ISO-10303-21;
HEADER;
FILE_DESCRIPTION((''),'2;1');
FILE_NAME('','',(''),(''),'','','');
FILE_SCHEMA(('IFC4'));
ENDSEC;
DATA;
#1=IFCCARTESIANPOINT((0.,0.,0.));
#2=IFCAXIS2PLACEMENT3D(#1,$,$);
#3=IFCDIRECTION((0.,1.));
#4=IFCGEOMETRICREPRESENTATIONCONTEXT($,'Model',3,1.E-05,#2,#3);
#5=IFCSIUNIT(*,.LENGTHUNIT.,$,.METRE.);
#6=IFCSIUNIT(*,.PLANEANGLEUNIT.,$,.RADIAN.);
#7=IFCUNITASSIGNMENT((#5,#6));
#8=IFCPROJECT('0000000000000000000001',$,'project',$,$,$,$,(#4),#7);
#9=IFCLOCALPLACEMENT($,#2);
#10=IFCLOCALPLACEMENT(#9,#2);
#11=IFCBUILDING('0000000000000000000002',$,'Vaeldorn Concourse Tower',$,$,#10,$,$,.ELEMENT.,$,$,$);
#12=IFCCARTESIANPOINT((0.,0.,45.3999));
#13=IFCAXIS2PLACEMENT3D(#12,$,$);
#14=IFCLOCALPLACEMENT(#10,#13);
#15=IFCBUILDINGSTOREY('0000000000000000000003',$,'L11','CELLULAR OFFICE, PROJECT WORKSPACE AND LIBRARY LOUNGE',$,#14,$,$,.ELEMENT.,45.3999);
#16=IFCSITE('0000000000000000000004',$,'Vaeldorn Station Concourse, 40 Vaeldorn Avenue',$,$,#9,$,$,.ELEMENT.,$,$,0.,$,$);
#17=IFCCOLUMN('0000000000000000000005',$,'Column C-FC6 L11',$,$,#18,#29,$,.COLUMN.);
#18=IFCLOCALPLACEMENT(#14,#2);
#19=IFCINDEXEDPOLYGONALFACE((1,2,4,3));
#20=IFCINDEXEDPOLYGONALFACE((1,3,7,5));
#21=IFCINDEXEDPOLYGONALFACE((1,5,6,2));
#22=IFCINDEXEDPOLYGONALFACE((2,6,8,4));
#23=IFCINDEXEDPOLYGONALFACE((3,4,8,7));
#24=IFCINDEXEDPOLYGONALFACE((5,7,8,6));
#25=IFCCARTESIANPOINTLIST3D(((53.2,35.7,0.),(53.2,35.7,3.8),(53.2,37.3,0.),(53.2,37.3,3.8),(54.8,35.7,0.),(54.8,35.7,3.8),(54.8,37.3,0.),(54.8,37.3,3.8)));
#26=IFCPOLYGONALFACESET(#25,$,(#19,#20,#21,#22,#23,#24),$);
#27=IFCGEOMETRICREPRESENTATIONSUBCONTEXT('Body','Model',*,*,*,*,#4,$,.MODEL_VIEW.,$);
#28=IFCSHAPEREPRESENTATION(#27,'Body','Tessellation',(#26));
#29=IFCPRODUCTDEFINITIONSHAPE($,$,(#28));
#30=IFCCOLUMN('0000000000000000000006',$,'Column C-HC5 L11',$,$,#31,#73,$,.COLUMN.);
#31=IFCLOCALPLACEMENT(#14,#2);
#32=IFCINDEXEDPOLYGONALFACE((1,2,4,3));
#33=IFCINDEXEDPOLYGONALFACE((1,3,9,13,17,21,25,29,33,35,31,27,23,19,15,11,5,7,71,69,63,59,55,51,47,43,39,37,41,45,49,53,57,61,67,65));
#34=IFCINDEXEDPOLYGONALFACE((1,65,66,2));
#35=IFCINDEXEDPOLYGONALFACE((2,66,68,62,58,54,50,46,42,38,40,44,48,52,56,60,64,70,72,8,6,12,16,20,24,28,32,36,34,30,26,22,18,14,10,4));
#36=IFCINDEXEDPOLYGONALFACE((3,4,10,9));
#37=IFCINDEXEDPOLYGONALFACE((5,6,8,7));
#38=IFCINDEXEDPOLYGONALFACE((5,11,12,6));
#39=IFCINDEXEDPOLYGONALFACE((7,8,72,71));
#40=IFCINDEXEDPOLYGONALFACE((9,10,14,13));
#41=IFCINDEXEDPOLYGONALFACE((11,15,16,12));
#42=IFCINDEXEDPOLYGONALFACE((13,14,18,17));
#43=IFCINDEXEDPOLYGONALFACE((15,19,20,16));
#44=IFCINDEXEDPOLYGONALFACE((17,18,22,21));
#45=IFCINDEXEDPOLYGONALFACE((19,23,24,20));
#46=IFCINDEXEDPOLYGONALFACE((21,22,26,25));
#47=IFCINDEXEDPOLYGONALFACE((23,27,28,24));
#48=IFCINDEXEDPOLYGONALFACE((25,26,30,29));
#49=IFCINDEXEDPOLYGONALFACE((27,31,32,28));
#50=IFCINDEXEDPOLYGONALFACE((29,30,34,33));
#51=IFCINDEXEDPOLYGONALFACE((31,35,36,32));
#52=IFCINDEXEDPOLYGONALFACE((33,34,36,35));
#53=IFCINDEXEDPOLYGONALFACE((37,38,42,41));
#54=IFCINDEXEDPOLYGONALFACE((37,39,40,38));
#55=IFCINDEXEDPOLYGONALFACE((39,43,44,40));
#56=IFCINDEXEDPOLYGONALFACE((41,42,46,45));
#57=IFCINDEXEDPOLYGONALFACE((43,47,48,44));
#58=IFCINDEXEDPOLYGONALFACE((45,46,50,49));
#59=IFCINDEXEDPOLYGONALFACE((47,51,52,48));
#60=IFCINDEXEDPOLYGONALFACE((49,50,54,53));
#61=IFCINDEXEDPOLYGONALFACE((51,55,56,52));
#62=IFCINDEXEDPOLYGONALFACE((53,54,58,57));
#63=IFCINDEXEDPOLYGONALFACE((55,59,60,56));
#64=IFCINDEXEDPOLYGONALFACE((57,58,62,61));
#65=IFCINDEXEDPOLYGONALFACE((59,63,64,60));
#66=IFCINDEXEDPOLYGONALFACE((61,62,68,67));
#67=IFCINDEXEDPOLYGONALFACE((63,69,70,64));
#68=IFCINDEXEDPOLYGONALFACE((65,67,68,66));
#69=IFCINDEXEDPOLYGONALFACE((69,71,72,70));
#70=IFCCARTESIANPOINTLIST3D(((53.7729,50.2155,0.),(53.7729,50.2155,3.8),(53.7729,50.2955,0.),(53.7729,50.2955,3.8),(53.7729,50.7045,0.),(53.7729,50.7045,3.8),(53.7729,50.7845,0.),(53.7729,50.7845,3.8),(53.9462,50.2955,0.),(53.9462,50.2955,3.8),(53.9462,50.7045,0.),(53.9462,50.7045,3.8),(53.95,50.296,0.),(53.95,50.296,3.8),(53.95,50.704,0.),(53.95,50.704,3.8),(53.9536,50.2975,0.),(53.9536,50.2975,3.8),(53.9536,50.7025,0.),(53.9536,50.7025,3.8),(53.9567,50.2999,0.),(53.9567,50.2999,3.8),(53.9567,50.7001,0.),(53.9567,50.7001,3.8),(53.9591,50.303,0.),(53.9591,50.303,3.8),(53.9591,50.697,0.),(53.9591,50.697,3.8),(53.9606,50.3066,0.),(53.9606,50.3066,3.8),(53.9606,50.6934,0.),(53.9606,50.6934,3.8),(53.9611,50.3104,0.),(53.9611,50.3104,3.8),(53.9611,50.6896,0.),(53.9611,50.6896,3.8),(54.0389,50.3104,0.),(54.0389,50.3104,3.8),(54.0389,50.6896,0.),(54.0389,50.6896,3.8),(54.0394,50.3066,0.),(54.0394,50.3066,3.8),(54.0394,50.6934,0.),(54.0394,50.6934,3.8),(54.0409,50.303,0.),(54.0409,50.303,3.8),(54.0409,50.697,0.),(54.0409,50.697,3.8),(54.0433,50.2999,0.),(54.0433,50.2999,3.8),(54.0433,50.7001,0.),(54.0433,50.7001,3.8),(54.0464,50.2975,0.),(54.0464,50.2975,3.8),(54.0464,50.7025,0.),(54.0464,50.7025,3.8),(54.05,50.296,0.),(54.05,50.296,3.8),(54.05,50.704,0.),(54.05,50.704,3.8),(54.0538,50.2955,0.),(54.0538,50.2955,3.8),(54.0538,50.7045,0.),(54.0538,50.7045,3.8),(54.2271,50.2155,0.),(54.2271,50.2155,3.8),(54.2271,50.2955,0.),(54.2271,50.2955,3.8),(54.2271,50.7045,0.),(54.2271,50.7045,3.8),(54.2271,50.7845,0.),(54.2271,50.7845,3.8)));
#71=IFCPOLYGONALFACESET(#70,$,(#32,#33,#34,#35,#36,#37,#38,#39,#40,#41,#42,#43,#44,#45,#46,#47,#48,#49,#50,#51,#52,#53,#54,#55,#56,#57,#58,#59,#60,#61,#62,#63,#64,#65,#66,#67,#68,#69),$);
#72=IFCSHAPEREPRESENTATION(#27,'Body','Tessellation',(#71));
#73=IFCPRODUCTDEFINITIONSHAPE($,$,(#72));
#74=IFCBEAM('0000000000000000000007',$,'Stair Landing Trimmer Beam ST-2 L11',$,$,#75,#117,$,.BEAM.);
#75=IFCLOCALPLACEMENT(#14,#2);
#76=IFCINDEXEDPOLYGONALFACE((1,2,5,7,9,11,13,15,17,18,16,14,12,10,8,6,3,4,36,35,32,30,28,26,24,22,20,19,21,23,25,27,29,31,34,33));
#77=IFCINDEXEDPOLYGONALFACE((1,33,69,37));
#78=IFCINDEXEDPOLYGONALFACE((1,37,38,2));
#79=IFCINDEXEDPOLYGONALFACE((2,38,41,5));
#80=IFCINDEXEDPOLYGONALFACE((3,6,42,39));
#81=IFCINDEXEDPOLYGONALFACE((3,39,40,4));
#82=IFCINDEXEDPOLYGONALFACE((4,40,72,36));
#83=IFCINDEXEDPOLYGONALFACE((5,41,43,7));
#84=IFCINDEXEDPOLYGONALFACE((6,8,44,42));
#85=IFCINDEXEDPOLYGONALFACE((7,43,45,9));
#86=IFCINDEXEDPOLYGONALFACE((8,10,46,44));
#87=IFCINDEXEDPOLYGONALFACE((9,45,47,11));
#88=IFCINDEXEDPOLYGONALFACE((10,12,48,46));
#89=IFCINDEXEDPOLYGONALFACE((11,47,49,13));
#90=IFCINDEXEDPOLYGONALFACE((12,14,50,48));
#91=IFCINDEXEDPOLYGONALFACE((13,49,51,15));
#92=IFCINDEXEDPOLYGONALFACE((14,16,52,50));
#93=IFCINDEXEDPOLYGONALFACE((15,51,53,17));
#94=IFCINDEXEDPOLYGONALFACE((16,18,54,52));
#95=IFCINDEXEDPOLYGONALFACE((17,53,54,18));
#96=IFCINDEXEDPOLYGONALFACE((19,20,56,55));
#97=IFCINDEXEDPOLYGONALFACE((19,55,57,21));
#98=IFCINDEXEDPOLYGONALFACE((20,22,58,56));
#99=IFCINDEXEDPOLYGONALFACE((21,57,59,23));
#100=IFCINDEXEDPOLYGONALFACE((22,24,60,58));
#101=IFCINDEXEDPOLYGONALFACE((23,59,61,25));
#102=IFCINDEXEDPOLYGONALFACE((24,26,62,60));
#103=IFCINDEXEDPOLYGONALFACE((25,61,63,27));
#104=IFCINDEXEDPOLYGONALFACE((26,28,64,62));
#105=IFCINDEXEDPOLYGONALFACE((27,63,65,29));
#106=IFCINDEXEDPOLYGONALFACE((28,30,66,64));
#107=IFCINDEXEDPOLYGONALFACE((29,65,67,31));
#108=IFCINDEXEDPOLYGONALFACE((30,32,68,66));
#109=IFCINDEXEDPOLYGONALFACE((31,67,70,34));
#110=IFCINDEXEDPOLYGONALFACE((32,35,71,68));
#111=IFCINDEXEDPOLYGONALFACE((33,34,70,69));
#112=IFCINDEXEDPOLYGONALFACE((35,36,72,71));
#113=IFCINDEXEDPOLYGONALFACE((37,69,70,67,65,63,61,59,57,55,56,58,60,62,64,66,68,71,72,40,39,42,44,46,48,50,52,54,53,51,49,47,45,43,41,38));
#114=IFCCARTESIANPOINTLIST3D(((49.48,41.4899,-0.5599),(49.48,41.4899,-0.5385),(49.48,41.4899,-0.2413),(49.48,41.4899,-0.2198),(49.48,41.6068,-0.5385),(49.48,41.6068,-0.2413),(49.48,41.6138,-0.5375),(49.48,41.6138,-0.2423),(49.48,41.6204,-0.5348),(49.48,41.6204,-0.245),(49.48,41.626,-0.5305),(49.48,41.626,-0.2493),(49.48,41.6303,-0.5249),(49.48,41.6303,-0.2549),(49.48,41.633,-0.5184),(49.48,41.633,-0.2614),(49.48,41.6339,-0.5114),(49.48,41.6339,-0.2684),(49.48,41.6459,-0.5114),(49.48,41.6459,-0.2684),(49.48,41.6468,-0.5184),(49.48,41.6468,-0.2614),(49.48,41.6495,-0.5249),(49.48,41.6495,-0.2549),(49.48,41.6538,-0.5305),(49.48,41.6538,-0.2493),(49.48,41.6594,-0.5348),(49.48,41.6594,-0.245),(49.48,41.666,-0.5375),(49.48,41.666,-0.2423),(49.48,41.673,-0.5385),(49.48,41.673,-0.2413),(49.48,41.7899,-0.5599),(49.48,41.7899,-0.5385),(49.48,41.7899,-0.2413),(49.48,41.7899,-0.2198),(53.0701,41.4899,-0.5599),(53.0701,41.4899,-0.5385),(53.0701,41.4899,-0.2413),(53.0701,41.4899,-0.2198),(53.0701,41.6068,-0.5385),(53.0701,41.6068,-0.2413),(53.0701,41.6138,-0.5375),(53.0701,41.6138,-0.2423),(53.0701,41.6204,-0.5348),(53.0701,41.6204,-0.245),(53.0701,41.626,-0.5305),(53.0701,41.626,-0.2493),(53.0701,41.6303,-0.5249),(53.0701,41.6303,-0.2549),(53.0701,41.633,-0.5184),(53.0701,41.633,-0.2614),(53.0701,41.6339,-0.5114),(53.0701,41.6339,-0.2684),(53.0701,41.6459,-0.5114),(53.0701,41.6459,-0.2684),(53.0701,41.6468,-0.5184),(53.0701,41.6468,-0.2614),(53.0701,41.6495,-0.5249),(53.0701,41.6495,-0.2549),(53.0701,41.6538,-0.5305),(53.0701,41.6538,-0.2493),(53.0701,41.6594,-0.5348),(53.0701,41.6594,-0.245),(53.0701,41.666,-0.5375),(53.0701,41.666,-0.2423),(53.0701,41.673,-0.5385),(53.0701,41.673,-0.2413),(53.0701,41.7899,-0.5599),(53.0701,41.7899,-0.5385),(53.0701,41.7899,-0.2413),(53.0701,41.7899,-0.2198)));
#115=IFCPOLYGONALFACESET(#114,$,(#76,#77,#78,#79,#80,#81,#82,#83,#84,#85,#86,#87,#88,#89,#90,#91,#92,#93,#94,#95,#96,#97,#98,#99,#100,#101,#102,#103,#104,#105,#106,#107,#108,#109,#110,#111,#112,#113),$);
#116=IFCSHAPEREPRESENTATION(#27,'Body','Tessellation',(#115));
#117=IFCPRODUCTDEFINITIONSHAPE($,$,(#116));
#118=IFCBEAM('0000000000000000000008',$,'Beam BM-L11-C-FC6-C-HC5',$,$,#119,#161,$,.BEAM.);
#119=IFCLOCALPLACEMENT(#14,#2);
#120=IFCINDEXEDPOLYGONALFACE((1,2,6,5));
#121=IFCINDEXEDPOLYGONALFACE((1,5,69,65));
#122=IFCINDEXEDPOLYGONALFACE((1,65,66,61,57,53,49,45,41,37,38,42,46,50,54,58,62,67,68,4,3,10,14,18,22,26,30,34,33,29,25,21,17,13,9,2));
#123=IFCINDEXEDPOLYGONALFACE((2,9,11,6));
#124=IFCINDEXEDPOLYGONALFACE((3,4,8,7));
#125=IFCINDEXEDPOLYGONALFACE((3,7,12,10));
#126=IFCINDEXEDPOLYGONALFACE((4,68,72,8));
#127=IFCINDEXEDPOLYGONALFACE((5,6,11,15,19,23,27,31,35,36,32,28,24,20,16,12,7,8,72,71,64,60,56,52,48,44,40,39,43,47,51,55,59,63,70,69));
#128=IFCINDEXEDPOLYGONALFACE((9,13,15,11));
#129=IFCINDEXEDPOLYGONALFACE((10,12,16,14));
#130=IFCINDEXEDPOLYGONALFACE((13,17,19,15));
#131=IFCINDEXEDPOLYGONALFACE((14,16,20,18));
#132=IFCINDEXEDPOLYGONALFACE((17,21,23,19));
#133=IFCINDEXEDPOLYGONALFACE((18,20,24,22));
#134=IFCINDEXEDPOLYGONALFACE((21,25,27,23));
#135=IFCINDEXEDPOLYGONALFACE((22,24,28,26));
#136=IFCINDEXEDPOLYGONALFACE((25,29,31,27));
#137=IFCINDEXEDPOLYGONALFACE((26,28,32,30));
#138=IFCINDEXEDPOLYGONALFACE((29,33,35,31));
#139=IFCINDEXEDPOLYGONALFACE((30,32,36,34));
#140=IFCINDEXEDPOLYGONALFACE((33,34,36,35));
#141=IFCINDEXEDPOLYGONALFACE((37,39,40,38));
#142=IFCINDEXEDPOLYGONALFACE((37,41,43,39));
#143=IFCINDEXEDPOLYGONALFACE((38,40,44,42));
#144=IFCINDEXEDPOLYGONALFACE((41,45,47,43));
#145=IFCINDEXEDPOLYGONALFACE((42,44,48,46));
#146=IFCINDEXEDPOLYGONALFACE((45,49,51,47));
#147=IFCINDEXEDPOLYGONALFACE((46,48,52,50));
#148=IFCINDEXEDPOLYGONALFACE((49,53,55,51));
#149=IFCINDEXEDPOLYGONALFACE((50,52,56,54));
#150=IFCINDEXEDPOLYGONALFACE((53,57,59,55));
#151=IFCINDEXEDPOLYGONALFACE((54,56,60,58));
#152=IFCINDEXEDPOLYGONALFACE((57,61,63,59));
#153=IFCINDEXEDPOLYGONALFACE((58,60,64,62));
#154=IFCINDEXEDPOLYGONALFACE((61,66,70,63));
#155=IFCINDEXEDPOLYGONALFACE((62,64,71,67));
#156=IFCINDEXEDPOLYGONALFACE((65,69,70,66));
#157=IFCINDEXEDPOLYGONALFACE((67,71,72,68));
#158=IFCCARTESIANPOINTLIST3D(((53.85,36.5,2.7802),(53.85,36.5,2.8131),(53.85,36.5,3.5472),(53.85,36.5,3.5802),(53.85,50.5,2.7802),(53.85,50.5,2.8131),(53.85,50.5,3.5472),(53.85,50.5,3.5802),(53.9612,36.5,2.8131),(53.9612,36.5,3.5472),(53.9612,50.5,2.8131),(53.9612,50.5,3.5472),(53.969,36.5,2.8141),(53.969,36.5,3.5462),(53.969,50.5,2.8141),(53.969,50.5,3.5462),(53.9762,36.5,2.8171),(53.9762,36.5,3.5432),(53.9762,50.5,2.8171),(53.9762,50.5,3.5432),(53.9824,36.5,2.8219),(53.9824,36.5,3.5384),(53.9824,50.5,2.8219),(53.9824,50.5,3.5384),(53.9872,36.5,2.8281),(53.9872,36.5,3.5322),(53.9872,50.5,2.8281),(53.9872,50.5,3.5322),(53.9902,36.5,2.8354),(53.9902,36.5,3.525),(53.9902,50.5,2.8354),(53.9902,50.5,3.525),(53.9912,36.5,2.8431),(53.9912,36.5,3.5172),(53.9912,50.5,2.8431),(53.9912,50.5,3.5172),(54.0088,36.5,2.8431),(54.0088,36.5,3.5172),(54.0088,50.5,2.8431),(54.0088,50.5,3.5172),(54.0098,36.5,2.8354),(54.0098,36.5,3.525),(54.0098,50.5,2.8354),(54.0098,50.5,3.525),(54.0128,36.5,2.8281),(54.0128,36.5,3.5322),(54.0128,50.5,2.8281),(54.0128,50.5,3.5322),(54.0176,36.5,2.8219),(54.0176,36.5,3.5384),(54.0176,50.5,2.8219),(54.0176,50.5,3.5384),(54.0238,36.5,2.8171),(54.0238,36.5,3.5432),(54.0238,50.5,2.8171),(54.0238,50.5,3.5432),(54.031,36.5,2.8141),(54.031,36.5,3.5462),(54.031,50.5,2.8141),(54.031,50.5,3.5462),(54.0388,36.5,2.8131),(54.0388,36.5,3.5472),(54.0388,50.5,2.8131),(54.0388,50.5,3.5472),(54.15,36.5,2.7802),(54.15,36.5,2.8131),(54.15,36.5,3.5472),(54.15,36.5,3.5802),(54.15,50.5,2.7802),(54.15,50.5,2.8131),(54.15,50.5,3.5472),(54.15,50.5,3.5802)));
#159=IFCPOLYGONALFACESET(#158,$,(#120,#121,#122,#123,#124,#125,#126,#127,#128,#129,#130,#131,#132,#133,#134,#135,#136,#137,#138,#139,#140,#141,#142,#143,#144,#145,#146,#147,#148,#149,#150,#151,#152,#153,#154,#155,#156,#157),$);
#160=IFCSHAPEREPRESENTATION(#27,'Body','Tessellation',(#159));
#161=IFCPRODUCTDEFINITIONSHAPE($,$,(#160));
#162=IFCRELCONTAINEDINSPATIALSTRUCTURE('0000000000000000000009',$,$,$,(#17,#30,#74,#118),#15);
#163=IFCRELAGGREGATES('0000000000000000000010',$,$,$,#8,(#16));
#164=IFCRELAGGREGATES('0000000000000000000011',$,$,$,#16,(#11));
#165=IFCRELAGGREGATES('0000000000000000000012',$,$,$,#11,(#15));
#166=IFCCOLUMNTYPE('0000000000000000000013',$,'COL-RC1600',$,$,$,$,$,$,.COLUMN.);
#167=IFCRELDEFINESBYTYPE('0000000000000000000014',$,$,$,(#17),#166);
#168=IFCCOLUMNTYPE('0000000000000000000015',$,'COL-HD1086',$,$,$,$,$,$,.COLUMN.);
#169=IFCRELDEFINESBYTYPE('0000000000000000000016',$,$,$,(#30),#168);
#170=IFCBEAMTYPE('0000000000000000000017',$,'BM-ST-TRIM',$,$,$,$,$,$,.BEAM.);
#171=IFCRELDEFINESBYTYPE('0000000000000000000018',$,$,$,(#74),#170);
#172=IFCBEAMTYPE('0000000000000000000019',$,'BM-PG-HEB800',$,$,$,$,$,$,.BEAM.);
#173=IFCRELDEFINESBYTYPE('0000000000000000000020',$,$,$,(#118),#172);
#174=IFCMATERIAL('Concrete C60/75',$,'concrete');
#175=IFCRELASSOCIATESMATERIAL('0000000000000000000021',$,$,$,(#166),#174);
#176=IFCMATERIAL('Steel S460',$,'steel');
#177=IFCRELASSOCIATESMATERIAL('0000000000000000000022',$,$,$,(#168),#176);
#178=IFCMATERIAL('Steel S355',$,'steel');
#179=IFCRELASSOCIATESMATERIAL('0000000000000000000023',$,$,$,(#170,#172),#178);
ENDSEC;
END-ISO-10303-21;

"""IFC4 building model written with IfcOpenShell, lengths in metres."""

from ifc_helpers import new_model, si_unit, direction, frame, origin, origin_2d, place, context, subcontext, project, spatial, rectangle, i_section, extrude, source, transform, mapped, material, material_profile, profile_set, type_object, element, save


model = new_model("IFC4")

# Units and contexts
model_context = context("Model", 3, precision=1e-05, world=origin(), true_north=direction((0.0, 1.0)))
body_context = subcontext(model_context, "Body", "Model", "MODEL_VIEW")
ifc_project = project(units=[si_unit("LENGTHUNIT", "METRE"), si_unit("PLANEANGLEUNIT", "RADIAN")], contexts=[model_context])

# Site, building, storey
site_placement = place(None, origin())
site = spatial("IfcSite", under=ifc_project, at=site_placement, Name="Vaeldorn Station Concourse, 40 Vaeldorn Avenue", CompositionType="ELEMENT", RefElevation=0.0)
building_placement = place(site_placement, origin())
building = spatial("IfcBuilding", under=site, at=building_placement, Name="Vaeldorn Concourse Tower", CompositionType="ELEMENT")
storey_placement = place(building_placement, frame((0.0, 0.0, 45.3999)))
storey = spatial("IfcBuildingStorey", under=building, at=storey_placement, Name="L11", Description="CELLULAR OFFICE, PROJECT WORKSPACE AND LIBRARY LOUNGE", CompositionType="ELEMENT", Elevation=45.3999)

# Columns
ifc_material_1 = material(Name="Concrete C60/75", Category="concrete")
ifc_material_profile_1 = material_profile(ifc_material_1, rectangle(XDim=1.6001, YDim=1.6001, at=origin_2d()), Name="RC 1600x1600")
ifc_profile_set_1 = profile_set([ifc_material_profile_1], Name="Concrete C60/75")
column_type_1 = type_object("IfcColumnType", Name="COL-RC1600", PredefinedType="COLUMN", material=ifc_profile_set_1)
shared_shape_1 = source(origin(), body_context, "Body", "SweptSolid", [
    extrude(rectangle(XDim=1.6001, YDim=1.6001, at=origin_2d()), origin(), (0.0, 0.0, 1.0), 3.8),
])
column_1_placement = place(storey_placement, frame((54.0, 36.5, 0.0), z_axis=(0.0, 0.0, 1.0), x_axis=(1.0, 0.0, 0.0)))
element("IfcColumn", 1, at=column_1_placement, inside=storey, type_object=column_type_1, Name="Column C-FC6 L11", PredefinedType="COLUMN", context=body_context, shape_type="MappedRepresentation", body=[
    mapped(shared_shape_1, transform((0.0, 0.0, 0.0), scale=1.0)),
])
ifc_material_2 = material(Name="Steel S460", Category="steel")
ifc_material_profile_2 = material_profile(ifc_material_2, i_section(OverallWidth=0.4541, OverallDepth=0.5691, WebThickness=0.0779, FlangeThickness=0.0801, FilletRadius=0.0149, at=origin_2d()), Name="HD 400x1086")
ifc_profile_set_2 = profile_set([ifc_material_profile_2], Name="Steel S460")
column_type_2 = type_object("IfcColumnType", Name="COL-HD1086", PredefinedType="COLUMN", material=ifc_profile_set_2)
shared_shape_2 = source(origin(), body_context, "Body", "SweptSolid", [
    extrude(i_section(OverallWidth=0.4541, OverallDepth=0.5691, WebThickness=0.0779, FlangeThickness=0.0801, FilletRadius=0.0149, at=origin_2d()), origin(), (0.0, 0.0, 1.0), 3.8),
])
column_2_placement = place(storey_placement, frame((54.0, 50.5, 0.0), z_axis=(0.0, 0.0, 1.0), x_axis=(1.0, 0.0, 0.0)))
element("IfcColumn", 2, at=column_2_placement, inside=storey, type_object=column_type_2, Name="Column C-HC5 L11", PredefinedType="COLUMN", context=body_context, shape_type="MappedRepresentation", body=[
    mapped(shared_shape_2, transform((0.0, 0.0, 0.0), scale=1.0)),
])

# Beams
ifc_material_3 = material(Name="Steel S355", Category="steel")
ifc_material_profile_3 = material_profile(ifc_material_3, i_section(OverallWidth=0.3, OverallDepth=0.3401, WebThickness=0.012, FlangeThickness=0.0215, FilletRadius=0.0271, at=origin_2d()), Name="HEB 340")
ifc_profile_set_3 = profile_set([ifc_material_profile_3], Name="Steel S355")
beam_type_1 = type_object("IfcBeamType", Name="BM-ST-TRIM", PredefinedType="BEAM", material=ifc_profile_set_3)
shared_shape_3 = source(origin(), body_context, "Body", "SweptSolid", [
    extrude(i_section(OverallWidth=0.3, OverallDepth=0.3401, WebThickness=0.012, FlangeThickness=0.0215, FilletRadius=0.0271, at=origin_2d()), origin(), (0.0, 0.0, 1.0), 3.5901),
])
beam_1_placement = place(storey_placement, frame((49.48, 41.6399, -0.3899), z_axis=(1.0, 0.0, 0.0), x_axis=(0.0, 1.0, 0.0)))
element("IfcBeam", 3, at=beam_1_placement, inside=storey, type_object=beam_type_1, Name="Stair Landing Trimmer Beam ST-2 L11", PredefinedType="BEAM", context=body_context, shape_type="MappedRepresentation", body=[
    mapped(shared_shape_3, transform((0.0, 0.0, 0.0), scale=1.0)),
])
ifc_material_profile_4 = material_profile(ifc_material_3, i_section(OverallWidth=0.3, OverallDepth=0.8, WebThickness=0.0176, FlangeThickness=0.033, FilletRadius=0.03, at=origin_2d()), Name="HEB 800")
ifc_profile_set_4 = profile_set([ifc_material_profile_4], Name="Steel S355")
beam_type_2 = type_object("IfcBeamType", Name="BM-PG-HEB800", PredefinedType="BEAM", material=ifc_profile_set_4)
shared_shape_4 = source(origin(), body_context, "Body", "SweptSolid", [
    extrude(i_section(OverallWidth=0.3, OverallDepth=0.8, WebThickness=0.0176, FlangeThickness=0.033, FilletRadius=0.03, at=origin_2d()), origin(), (0.0, 0.0, 1.0), 14.0),
])
beam_2_placement = place(storey_placement, frame((54.0, 36.5, 3.1802), z_axis=(0.0, 1.0, 0.0), x_axis=(-1.0, 0.0, 0.0)))
element("IfcBeam", 4, at=beam_2_placement, inside=storey, type_object=beam_type_2, Name="Beam BM-L11-C-FC6-C-HC5", PredefinedType="BEAM", context=body_context, shape_type="MappedRepresentation", body=[
    mapped(shared_shape_4, transform((0.0, 0.0, 0.0), scale=1.0)),
])

save(model, "model.ifc")
